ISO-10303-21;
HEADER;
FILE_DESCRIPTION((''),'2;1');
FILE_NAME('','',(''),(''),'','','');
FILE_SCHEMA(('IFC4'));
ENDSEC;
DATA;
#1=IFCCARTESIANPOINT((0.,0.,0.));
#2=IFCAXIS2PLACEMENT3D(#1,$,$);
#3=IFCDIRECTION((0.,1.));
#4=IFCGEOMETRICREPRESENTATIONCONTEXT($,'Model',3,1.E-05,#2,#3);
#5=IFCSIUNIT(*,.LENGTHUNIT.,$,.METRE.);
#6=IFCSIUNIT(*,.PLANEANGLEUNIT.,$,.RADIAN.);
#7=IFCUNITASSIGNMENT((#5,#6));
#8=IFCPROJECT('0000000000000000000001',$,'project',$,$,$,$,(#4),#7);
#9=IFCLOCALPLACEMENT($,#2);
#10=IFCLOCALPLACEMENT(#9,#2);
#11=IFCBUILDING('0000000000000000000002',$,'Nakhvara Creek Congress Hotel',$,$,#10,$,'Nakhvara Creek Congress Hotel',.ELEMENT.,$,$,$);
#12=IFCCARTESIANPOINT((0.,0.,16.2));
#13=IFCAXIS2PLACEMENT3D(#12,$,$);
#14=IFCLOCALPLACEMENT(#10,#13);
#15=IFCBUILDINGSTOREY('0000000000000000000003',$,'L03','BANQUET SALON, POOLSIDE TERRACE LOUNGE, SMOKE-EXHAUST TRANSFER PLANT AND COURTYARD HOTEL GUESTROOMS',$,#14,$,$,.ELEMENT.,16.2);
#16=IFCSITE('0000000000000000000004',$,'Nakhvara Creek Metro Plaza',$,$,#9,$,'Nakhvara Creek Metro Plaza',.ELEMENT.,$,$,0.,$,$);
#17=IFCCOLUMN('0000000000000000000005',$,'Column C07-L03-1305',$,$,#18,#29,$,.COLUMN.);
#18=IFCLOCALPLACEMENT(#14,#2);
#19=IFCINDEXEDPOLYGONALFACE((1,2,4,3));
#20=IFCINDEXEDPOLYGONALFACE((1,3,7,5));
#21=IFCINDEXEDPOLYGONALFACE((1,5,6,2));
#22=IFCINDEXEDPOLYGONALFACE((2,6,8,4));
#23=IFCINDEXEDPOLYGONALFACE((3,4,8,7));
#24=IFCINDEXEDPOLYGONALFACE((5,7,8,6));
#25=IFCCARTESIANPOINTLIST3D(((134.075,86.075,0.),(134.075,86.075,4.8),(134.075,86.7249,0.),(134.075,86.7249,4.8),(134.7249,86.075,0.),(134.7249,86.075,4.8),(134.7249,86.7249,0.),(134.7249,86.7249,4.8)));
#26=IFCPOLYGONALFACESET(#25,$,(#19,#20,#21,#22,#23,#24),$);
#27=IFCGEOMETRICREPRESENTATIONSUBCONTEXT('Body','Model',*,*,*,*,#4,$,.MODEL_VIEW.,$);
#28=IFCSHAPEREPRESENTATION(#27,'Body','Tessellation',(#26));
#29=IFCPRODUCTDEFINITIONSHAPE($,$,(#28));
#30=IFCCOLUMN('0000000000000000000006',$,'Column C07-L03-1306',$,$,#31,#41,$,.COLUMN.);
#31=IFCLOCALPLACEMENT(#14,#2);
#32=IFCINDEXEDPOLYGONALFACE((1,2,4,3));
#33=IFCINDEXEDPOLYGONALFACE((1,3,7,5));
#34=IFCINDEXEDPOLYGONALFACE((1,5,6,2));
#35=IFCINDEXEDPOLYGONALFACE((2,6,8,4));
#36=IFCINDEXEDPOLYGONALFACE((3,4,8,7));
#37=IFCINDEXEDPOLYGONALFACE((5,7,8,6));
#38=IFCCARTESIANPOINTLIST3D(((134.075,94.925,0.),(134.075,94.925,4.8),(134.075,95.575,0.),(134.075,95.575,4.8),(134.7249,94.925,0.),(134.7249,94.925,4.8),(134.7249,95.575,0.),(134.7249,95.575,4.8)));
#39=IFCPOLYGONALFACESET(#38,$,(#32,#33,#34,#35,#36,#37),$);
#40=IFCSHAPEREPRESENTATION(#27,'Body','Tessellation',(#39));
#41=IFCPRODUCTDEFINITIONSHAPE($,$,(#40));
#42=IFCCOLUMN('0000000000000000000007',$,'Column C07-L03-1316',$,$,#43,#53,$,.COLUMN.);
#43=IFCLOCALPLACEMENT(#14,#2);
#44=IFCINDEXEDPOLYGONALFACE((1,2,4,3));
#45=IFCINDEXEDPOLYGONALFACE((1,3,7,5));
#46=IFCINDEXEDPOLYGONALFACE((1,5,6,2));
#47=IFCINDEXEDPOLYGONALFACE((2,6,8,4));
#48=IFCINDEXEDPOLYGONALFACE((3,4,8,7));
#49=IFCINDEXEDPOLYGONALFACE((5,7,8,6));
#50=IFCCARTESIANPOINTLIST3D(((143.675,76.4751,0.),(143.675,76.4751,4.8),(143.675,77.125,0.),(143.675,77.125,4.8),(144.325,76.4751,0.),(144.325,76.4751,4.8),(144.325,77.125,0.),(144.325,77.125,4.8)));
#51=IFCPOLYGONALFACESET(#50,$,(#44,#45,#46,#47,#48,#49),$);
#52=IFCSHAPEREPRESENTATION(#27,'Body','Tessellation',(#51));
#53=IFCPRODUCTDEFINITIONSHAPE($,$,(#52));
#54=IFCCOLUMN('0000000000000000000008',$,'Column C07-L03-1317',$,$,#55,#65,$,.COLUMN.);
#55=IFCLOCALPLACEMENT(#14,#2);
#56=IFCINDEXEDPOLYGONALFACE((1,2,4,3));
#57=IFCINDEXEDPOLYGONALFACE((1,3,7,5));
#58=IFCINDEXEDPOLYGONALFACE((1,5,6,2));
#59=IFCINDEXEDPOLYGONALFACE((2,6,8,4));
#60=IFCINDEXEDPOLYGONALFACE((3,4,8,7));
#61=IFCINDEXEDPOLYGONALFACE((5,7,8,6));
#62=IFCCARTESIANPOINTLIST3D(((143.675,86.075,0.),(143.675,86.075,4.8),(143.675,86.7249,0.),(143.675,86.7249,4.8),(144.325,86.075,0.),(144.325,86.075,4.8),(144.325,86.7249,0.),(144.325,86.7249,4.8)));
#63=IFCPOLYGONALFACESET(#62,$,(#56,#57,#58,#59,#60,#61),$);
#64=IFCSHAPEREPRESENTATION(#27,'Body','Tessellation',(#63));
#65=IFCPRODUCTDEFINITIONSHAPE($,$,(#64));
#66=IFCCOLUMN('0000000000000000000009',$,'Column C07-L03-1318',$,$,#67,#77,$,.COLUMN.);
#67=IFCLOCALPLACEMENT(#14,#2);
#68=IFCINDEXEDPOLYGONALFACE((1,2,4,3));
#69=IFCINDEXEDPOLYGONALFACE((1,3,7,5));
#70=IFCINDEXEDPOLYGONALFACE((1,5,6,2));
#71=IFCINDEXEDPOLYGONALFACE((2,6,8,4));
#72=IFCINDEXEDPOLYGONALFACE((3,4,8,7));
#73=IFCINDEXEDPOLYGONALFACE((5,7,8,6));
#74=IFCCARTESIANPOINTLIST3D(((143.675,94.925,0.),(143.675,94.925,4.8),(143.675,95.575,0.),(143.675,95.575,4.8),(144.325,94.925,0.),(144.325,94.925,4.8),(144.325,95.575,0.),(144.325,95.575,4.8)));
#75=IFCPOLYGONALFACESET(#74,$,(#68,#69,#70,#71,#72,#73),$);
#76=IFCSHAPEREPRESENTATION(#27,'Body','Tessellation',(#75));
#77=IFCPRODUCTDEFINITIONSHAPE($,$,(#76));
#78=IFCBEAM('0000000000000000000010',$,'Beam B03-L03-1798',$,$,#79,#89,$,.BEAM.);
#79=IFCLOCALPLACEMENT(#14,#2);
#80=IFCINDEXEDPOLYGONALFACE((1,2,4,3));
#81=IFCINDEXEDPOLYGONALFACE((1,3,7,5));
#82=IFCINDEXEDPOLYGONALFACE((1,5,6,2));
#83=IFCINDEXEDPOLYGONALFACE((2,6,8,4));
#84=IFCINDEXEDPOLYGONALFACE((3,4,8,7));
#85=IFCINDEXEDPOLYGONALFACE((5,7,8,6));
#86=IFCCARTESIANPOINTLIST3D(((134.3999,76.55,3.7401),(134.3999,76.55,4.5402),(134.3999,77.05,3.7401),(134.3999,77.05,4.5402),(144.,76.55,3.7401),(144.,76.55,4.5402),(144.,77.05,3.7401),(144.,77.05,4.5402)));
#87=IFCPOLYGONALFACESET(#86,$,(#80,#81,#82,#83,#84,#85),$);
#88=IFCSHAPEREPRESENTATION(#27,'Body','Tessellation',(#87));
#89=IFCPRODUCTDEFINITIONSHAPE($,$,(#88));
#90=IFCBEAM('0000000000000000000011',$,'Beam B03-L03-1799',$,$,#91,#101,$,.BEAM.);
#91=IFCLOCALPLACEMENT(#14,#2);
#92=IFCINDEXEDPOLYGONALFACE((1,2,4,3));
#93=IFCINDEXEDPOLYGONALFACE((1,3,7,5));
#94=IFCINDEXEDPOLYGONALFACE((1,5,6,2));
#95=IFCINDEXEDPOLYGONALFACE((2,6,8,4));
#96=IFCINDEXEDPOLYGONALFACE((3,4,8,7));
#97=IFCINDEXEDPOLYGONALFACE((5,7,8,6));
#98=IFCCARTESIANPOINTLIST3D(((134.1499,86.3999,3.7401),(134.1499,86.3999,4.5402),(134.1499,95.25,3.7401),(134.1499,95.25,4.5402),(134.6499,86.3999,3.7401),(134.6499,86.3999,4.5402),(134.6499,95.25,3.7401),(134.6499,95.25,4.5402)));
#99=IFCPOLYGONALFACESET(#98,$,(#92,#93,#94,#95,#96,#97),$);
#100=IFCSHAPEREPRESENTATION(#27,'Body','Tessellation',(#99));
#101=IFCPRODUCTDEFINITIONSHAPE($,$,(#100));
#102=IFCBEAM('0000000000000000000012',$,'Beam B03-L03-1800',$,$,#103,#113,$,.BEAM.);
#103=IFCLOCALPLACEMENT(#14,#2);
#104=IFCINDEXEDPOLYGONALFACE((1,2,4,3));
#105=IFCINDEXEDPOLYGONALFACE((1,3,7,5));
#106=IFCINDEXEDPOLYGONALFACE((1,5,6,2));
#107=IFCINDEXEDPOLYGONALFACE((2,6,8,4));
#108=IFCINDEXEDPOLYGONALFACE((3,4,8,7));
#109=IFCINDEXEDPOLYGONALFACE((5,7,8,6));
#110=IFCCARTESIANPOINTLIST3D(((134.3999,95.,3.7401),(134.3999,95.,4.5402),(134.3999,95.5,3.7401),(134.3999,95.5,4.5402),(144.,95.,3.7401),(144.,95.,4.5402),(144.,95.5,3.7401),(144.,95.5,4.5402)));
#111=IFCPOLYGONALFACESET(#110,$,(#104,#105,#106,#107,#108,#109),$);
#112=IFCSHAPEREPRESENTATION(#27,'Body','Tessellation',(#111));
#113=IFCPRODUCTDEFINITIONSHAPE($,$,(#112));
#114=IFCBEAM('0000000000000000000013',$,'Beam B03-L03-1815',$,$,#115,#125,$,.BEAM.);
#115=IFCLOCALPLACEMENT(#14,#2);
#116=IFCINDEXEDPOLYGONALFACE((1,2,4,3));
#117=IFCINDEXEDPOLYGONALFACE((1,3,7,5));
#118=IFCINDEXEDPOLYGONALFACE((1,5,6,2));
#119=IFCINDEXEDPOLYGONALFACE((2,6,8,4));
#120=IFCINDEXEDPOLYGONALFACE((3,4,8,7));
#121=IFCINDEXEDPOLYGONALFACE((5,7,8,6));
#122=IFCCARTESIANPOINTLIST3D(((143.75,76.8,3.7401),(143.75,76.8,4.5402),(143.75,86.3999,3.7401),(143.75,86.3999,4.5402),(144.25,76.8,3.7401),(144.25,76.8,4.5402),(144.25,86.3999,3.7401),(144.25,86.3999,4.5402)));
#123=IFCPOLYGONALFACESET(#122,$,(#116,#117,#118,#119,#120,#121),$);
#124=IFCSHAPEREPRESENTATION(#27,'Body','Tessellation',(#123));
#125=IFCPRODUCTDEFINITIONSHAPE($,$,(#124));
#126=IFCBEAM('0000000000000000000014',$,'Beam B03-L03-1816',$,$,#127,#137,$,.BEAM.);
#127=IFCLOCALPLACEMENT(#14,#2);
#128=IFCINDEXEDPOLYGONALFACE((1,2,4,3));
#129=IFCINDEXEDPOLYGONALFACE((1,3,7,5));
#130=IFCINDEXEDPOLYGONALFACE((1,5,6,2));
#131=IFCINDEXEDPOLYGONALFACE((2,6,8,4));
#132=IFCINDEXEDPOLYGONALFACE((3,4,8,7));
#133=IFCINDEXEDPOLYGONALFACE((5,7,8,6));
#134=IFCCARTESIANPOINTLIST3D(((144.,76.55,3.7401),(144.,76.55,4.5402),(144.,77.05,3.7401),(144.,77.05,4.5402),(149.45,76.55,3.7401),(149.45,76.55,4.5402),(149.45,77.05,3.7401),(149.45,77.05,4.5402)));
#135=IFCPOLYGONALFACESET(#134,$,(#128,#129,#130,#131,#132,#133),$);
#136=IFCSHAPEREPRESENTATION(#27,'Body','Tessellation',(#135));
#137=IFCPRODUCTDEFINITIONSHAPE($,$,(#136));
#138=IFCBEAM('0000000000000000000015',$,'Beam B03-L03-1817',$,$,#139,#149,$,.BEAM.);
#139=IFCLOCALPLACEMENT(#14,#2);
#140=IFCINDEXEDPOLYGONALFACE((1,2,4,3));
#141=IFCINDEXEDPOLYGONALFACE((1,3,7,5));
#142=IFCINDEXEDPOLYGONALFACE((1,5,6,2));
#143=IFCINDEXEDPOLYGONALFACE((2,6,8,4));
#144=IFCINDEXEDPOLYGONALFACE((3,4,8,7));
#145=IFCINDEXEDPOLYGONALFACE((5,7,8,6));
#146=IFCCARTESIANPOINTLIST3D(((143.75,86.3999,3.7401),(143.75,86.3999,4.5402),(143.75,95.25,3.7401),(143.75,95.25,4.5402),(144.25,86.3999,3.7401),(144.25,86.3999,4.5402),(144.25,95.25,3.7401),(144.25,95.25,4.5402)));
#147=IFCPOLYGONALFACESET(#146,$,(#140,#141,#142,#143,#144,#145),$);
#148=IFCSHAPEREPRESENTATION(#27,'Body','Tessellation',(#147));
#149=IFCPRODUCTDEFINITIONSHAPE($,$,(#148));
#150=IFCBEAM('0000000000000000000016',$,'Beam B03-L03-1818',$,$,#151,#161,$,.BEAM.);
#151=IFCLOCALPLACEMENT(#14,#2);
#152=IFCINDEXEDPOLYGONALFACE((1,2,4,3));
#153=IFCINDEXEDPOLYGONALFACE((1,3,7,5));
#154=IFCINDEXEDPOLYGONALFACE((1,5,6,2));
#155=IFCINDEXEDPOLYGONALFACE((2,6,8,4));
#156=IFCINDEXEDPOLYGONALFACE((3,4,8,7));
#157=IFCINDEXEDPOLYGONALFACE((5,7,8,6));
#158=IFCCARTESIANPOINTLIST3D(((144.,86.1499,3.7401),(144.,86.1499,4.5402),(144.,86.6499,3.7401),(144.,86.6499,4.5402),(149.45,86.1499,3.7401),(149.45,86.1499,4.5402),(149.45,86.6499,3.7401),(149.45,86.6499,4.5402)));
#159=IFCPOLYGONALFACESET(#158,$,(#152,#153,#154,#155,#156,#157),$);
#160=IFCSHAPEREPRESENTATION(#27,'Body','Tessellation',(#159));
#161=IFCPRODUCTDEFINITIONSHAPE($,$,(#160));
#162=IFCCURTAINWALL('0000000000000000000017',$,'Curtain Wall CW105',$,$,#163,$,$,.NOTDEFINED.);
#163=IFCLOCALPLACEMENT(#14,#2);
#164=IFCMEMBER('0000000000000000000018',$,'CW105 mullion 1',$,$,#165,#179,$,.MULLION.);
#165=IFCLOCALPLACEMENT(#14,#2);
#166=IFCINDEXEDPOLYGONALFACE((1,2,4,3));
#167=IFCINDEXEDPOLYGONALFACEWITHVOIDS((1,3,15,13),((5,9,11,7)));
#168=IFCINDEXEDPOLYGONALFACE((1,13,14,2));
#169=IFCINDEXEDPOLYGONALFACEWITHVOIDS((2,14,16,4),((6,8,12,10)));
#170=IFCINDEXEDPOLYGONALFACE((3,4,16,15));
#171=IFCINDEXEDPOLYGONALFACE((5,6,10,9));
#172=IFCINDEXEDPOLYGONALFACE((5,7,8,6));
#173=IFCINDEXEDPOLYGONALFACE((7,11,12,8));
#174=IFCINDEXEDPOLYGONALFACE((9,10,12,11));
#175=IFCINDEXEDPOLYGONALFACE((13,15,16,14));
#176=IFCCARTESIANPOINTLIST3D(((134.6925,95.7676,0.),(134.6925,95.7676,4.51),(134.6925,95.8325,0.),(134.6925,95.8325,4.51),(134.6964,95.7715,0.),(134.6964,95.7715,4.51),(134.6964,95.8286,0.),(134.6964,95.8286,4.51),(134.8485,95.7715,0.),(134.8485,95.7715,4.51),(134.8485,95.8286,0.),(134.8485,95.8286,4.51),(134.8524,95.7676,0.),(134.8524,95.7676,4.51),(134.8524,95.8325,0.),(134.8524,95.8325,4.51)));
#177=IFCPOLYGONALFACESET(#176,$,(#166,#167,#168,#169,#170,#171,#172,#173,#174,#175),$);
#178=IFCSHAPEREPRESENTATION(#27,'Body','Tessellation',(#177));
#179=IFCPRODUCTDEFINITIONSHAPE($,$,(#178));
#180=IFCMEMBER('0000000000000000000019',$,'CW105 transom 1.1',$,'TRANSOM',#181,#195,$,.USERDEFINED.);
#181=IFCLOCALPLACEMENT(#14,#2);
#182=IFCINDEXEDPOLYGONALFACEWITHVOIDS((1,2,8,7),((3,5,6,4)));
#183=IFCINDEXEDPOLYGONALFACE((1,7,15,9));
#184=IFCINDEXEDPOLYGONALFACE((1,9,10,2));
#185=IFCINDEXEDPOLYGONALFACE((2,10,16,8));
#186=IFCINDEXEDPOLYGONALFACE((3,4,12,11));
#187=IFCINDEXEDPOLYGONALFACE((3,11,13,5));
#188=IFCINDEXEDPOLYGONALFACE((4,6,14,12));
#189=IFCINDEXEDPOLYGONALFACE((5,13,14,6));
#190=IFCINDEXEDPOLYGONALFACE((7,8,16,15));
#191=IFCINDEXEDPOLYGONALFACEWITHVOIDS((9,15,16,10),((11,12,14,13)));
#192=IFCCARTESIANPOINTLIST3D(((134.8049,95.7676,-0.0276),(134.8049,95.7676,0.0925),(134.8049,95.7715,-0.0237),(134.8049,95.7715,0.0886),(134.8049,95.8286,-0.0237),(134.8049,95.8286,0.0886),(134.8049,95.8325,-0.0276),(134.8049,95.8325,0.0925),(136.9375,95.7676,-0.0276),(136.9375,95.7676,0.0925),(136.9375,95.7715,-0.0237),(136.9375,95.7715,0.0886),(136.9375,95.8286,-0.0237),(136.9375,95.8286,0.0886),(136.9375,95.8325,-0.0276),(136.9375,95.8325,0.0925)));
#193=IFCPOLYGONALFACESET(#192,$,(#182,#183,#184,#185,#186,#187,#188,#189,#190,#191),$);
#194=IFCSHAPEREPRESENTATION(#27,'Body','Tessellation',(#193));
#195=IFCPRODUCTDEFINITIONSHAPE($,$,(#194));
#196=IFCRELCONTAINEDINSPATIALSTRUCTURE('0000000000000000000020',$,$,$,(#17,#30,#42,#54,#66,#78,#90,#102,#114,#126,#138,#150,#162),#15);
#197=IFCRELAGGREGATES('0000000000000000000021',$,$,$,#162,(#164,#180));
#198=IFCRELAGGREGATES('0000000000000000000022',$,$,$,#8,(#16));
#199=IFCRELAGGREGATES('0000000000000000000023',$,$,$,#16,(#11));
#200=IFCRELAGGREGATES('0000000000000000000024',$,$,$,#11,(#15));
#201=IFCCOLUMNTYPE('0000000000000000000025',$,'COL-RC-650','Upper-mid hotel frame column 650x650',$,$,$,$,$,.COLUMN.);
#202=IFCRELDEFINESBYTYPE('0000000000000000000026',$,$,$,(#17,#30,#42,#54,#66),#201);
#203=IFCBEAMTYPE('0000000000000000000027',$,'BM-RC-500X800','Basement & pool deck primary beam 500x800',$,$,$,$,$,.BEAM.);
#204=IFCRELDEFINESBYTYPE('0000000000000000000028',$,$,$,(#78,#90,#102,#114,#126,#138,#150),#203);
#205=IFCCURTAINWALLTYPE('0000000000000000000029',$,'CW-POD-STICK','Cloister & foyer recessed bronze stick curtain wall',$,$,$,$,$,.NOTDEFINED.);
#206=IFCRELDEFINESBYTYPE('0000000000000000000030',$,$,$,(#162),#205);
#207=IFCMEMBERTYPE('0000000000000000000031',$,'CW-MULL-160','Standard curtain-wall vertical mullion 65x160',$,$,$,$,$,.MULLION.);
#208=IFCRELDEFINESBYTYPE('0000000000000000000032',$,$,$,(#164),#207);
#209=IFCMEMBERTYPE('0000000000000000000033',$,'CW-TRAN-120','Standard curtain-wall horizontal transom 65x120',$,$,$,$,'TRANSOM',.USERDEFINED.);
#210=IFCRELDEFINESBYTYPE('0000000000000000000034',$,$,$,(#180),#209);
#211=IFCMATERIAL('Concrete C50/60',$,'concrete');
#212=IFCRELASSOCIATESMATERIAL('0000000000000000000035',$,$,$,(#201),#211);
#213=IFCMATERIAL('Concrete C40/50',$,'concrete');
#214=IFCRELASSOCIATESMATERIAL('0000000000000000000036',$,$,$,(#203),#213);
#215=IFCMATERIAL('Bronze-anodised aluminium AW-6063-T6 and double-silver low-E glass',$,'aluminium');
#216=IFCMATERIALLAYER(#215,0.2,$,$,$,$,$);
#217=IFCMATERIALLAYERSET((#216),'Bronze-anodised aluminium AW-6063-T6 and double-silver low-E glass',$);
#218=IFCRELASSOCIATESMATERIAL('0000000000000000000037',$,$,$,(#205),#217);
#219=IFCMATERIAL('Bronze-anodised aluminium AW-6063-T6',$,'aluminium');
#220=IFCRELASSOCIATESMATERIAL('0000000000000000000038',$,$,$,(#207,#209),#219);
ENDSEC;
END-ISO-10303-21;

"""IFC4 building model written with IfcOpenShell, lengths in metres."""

from ifc_helpers import new_model, si_unit, direction, frame, origin, origin_2d, place, context, subcontext, project, spatial, rectangle, hollow_rectangle, extrude, material, layer, layer_set, material_profile, profile_set, type_object, element, aggregate, save


model = new_model("IFC4")

# Units and contexts
model_context = context("Model", 3, precision=1e-05, world=origin(), true_north=direction((0.0, 1.0)))
body_context = subcontext(model_context, "Body", "Model", "MODEL_VIEW")
ifc_project = project(units=[si_unit("LENGTHUNIT", "METRE"), si_unit("PLANEANGLEUNIT", "RADIAN")], contexts=[model_context])

# Site, building, storey
site_placement = place(None, origin())
site = spatial("IfcSite", under=ifc_project, at=site_placement, Name="Nakhvara Creek Metro Plaza", LongName="Nakhvara Creek Metro Plaza", CompositionType="ELEMENT", RefElevation=0.0)
building_placement = place(site_placement, origin())
building = spatial("IfcBuilding", under=site, at=building_placement, Name="Nakhvara Creek Congress Hotel", LongName="Nakhvara Creek Congress Hotel", CompositionType="ELEMENT")
storey_placement = place(building_placement, frame((0.0, 0.0, 16.2)))
storey = spatial("IfcBuildingStorey", under=building, at=storey_placement, Name="L03", Description="BANQUET SALON, POOLSIDE TERRACE LOUNGE, SMOKE-EXHAUST TRANSFER PLANT AND COURTYARD HOTEL GUESTROOMS", CompositionType="ELEMENT", Elevation=16.2)

# Columns
ifc_material_1 = material(Name="Concrete C50/60", Category="concrete")
ifc_material_profile_1 = material_profile(ifc_material_1, rectangle(XDim=0.6499, YDim=0.6499, at=origin_2d()), Name="RC-COL 650x650", Category="LoadBearing")
ifc_profile_set_1 = profile_set([ifc_material_profile_1], Name="Concrete C50/60")
column_type = type_object("IfcColumnType", Name="COL-RC-650", Description="Upper-mid hotel frame column 650x650", PredefinedType="COLUMN", material=ifc_profile_set_1)
for number, where, z_axis, x_axis, name in (
    (1, (134.3999, 86.3999, 0.0), (0.0, 0.0, 1.0), (1.0, 0.0, 0.0), "Column C07-L03-1305"),
    (2, (134.3999, 95.25, 0.0), (0.0, 0.0, 1.0), (1.0, 0.0, 0.0), "Column C07-L03-1306"),
    (3, (144.0, 76.8, 0.0), (0.0, 0.0, 1.0), (1.0, 0.0, 0.0), "Column C07-L03-1316"),
    (4, (144.0, 86.3999, 0.0), (0.0, 0.0, 1.0), (1.0, 0.0, 0.0), "Column C07-L03-1317"),
    (5, (144.0, 95.25, 0.0), (0.0, 0.0, 1.0), (1.0, 0.0, 0.0), "Column C07-L03-1318"),
):
    element("IfcColumn", number, at=place(storey_placement, frame(where, z_axis=z_axis, x_axis=x_axis)), inside=storey, type_object=column_type, Name=name, PredefinedType="COLUMN", context=body_context, shape_type="SweptSolid", body=[
        extrude(rectangle(XDim=0.6499, YDim=0.6499, at=origin_2d()), origin(), (0.0, 0.0, 1.0), 4.8),
    ])

# Beams
ifc_material_2 = material(Name="Concrete C40/50", Category="concrete")
ifc_material_profile_2 = material_profile(ifc_material_2, rectangle(XDim=0.5, YDim=0.8, at=origin_2d()), Name="RC-BM 500x800", Category="LoadBearing")
ifc_profile_set_2 = profile_set([ifc_material_profile_2], Name="Concrete C40/50")
beam_type = type_object("IfcBeamType", Name="BM-RC-500X800", Description="Basement & pool deck primary beam 500x800", PredefinedType="BEAM", material=ifc_profile_set_2)
beam_1_placement = place(storey_placement, frame((134.3999, 76.8, 4.1401), z_axis=(1.0, 0.0, 0.0), x_axis=(0.0, 1.0, 0.0)))
element("IfcBeam", 6, at=beam_1_placement, inside=storey, type_object=beam_type, Name="Beam B03-L03-1798", PredefinedType="BEAM", context=body_context, shape_type="SweptSolid", body=[
    extrude(rectangle(XDim=0.5, YDim=0.8, at=origin_2d()), origin(), (0.0, 0.0, 1.0), 9.6001),
])
beam_2_placement = place(storey_placement, frame((134.3999, 86.3999, 4.1401), z_axis=(0.0, 1.0, 0.0), x_axis=(-1.0, 0.0, 0.0)))
element("IfcBeam", 7, at=beam_2_placement, inside=storey, type_object=beam_type, Name="Beam B03-L03-1799", PredefinedType="BEAM", context=body_context, shape_type="SweptSolid", body=[
    extrude(rectangle(XDim=0.5, YDim=0.8, at=origin_2d()), origin(), (0.0, 0.0, 1.0), 8.8501),
])
beam_3_placement = place(storey_placement, frame((134.3999, 95.25, 4.1401), z_axis=(1.0, 0.0, 0.0), x_axis=(0.0, 1.0, 0.0)))
element("IfcBeam", 8, at=beam_3_placement, inside=storey, type_object=beam_type, Name="Beam B03-L03-1800", PredefinedType="BEAM", context=body_context, shape_type="SweptSolid", body=[
    extrude(rectangle(XDim=0.5, YDim=0.8, at=origin_2d()), origin(), (0.0, 0.0, 1.0), 9.6001),
])
beam_4_placement = place(storey_placement, frame((144.0, 76.8, 4.1401), z_axis=(0.0, 1.0, 0.0), x_axis=(-1.0, 0.0, 0.0)))
element("IfcBeam", 9, at=beam_4_placement, inside=storey, type_object=beam_type, Name="Beam B03-L03-1815", PredefinedType="BEAM", context=body_context, shape_type="SweptSolid", body=[
    extrude(rectangle(XDim=0.5, YDim=0.8, at=origin_2d()), origin(), (0.0, 0.0, 1.0), 9.5999),
])
beam_5_placement = place(storey_placement, frame((144.0, 76.8, 4.1401), z_axis=(1.0, 0.0, 0.0), x_axis=(0.0, 1.0, 0.0)))
element("IfcBeam", 10, at=beam_5_placement, inside=storey, type_object=beam_type, Name="Beam B03-L03-1816", PredefinedType="BEAM", context=body_context, shape_type="SweptSolid", body=[
    extrude(rectangle(XDim=0.5, YDim=0.8, at=origin_2d()), origin(), (0.0, 0.0, 1.0), 5.45),
])
beam_6_placement = place(storey_placement, frame((144.0, 86.3999, 4.1401), z_axis=(0.0, 1.0, 0.0), x_axis=(-1.0, 0.0, 0.0)))
element("IfcBeam", 11, at=beam_6_placement, inside=storey, type_object=beam_type, Name="Beam B03-L03-1817", PredefinedType="BEAM", context=body_context, shape_type="SweptSolid", body=[
    extrude(rectangle(XDim=0.5, YDim=0.8, at=origin_2d()), origin(), (0.0, 0.0, 1.0), 8.8501),
])
beam_7_placement = place(storey_placement, frame((144.0, 86.3999, 4.1401), z_axis=(1.0, 0.0, 0.0), x_axis=(0.0, 1.0, 0.0)))
element("IfcBeam", 12, at=beam_7_placement, inside=storey, type_object=beam_type, Name="Beam B03-L03-1818", PredefinedType="BEAM", context=body_context, shape_type="SweptSolid", body=[
    extrude(rectangle(XDim=0.5, YDim=0.8, at=origin_2d()), origin(), (0.0, 0.0, 1.0), 5.45),
])

# Curtain wall, members
ifc_material_3 = material(Name="Bronze-anodised aluminium AW-6063-T6 and double-silver low-E glass", Category="aluminium")
ifc_layer_1 = layer(ifc_material_3, 0.2)
ifc_layer_set_1 = layer_set([ifc_layer_1], Name="Bronze-anodised aluminium AW-6063-T6 and double-silver low-E glass")
curtain_wall_type = type_object("IfcCurtainWallType", Name="CW-POD-STICK", Description="Cloister & foyer recessed bronze stick curtain wall", PredefinedType="NOTDEFINED", material=ifc_layer_set_1)
curtain_wall_placement = place(storey_placement, origin())
curtain_wall = element("IfcCurtainWall", 13, at=curtain_wall_placement, inside=storey, type_object=curtain_wall_type, Name="Curtain Wall CW105", PredefinedType="NOTDEFINED")
ifc_material_4 = material(Name="Bronze-anodised aluminium AW-6063-T6", Category="aluminium")
ifc_material_profile_3 = material_profile(ifc_material_4, hollow_rectangle(XDim=0.0649, YDim=0.1599, WallThickness=0.0039, at=origin_2d()), Name="ALU-MULL 65x160x4", Category="LoadBearing")
ifc_profile_set_3 = profile_set([ifc_material_profile_3], Name="Bronze-anodised aluminium AW-6063-T6")
member_type_1 = type_object("IfcMemberType", Name="CW-MULL-160", Description="Standard curtain-wall vertical mullion 65x160", PredefinedType="MULLION", material=ifc_profile_set_3)
member_1_placement = place(storey_placement, frame((134.7725, 95.8, 0.0), z_axis=(0.0, 0.0, 1.0), x_axis=(0.0, 1.0, 0.0)))
member_1 = element("IfcMember", 14, at=member_1_placement, type_object=member_type_1, Name="CW105 mullion 1", PredefinedType="MULLION", context=body_context, shape_type="SweptSolid", body=[
    extrude(hollow_rectangle(XDim=0.0649, YDim=0.1599, WallThickness=0.0039, at=origin_2d()), origin(), (0.0, 0.0, 1.0), 4.51),
])
ifc_material_profile_4 = material_profile(ifc_material_4, hollow_rectangle(XDim=0.0649, YDim=0.1201, WallThickness=0.0039, at=origin_2d()), Name="ALU-TRAN 65x120x4", Category="LoadBearing")
ifc_profile_set_4 = profile_set([ifc_material_profile_4], Name="Bronze-anodised aluminium AW-6063-T6")
member_type_2 = type_object("IfcMemberType", Name="CW-TRAN-120", Description="Standard curtain-wall horizontal transom 65x120", ElementType="TRANSOM", PredefinedType="USERDEFINED", material=ifc_profile_set_4)
member_2_placement = place(storey_placement, frame((134.8049, 95.8, 0.0325), z_axis=(1.0, 0.0, 0.0), x_axis=(0.0, 1.0, 0.0)))
member_2 = element("IfcMember", 15, at=member_2_placement, type_object=member_type_2, Name="CW105 transom 1.1", ObjectType="TRANSOM", PredefinedType="USERDEFINED", context=body_context, shape_type="SweptSolid", body=[
    extrude(hollow_rectangle(XDim=0.0649, YDim=0.1201, WallThickness=0.0039, at=origin_2d()), origin(), (0.0, 0.0, 1.0), 2.1326),
])
aggregate(curtain_wall, [member_1, member_2])

save(model, "model.ifc")
